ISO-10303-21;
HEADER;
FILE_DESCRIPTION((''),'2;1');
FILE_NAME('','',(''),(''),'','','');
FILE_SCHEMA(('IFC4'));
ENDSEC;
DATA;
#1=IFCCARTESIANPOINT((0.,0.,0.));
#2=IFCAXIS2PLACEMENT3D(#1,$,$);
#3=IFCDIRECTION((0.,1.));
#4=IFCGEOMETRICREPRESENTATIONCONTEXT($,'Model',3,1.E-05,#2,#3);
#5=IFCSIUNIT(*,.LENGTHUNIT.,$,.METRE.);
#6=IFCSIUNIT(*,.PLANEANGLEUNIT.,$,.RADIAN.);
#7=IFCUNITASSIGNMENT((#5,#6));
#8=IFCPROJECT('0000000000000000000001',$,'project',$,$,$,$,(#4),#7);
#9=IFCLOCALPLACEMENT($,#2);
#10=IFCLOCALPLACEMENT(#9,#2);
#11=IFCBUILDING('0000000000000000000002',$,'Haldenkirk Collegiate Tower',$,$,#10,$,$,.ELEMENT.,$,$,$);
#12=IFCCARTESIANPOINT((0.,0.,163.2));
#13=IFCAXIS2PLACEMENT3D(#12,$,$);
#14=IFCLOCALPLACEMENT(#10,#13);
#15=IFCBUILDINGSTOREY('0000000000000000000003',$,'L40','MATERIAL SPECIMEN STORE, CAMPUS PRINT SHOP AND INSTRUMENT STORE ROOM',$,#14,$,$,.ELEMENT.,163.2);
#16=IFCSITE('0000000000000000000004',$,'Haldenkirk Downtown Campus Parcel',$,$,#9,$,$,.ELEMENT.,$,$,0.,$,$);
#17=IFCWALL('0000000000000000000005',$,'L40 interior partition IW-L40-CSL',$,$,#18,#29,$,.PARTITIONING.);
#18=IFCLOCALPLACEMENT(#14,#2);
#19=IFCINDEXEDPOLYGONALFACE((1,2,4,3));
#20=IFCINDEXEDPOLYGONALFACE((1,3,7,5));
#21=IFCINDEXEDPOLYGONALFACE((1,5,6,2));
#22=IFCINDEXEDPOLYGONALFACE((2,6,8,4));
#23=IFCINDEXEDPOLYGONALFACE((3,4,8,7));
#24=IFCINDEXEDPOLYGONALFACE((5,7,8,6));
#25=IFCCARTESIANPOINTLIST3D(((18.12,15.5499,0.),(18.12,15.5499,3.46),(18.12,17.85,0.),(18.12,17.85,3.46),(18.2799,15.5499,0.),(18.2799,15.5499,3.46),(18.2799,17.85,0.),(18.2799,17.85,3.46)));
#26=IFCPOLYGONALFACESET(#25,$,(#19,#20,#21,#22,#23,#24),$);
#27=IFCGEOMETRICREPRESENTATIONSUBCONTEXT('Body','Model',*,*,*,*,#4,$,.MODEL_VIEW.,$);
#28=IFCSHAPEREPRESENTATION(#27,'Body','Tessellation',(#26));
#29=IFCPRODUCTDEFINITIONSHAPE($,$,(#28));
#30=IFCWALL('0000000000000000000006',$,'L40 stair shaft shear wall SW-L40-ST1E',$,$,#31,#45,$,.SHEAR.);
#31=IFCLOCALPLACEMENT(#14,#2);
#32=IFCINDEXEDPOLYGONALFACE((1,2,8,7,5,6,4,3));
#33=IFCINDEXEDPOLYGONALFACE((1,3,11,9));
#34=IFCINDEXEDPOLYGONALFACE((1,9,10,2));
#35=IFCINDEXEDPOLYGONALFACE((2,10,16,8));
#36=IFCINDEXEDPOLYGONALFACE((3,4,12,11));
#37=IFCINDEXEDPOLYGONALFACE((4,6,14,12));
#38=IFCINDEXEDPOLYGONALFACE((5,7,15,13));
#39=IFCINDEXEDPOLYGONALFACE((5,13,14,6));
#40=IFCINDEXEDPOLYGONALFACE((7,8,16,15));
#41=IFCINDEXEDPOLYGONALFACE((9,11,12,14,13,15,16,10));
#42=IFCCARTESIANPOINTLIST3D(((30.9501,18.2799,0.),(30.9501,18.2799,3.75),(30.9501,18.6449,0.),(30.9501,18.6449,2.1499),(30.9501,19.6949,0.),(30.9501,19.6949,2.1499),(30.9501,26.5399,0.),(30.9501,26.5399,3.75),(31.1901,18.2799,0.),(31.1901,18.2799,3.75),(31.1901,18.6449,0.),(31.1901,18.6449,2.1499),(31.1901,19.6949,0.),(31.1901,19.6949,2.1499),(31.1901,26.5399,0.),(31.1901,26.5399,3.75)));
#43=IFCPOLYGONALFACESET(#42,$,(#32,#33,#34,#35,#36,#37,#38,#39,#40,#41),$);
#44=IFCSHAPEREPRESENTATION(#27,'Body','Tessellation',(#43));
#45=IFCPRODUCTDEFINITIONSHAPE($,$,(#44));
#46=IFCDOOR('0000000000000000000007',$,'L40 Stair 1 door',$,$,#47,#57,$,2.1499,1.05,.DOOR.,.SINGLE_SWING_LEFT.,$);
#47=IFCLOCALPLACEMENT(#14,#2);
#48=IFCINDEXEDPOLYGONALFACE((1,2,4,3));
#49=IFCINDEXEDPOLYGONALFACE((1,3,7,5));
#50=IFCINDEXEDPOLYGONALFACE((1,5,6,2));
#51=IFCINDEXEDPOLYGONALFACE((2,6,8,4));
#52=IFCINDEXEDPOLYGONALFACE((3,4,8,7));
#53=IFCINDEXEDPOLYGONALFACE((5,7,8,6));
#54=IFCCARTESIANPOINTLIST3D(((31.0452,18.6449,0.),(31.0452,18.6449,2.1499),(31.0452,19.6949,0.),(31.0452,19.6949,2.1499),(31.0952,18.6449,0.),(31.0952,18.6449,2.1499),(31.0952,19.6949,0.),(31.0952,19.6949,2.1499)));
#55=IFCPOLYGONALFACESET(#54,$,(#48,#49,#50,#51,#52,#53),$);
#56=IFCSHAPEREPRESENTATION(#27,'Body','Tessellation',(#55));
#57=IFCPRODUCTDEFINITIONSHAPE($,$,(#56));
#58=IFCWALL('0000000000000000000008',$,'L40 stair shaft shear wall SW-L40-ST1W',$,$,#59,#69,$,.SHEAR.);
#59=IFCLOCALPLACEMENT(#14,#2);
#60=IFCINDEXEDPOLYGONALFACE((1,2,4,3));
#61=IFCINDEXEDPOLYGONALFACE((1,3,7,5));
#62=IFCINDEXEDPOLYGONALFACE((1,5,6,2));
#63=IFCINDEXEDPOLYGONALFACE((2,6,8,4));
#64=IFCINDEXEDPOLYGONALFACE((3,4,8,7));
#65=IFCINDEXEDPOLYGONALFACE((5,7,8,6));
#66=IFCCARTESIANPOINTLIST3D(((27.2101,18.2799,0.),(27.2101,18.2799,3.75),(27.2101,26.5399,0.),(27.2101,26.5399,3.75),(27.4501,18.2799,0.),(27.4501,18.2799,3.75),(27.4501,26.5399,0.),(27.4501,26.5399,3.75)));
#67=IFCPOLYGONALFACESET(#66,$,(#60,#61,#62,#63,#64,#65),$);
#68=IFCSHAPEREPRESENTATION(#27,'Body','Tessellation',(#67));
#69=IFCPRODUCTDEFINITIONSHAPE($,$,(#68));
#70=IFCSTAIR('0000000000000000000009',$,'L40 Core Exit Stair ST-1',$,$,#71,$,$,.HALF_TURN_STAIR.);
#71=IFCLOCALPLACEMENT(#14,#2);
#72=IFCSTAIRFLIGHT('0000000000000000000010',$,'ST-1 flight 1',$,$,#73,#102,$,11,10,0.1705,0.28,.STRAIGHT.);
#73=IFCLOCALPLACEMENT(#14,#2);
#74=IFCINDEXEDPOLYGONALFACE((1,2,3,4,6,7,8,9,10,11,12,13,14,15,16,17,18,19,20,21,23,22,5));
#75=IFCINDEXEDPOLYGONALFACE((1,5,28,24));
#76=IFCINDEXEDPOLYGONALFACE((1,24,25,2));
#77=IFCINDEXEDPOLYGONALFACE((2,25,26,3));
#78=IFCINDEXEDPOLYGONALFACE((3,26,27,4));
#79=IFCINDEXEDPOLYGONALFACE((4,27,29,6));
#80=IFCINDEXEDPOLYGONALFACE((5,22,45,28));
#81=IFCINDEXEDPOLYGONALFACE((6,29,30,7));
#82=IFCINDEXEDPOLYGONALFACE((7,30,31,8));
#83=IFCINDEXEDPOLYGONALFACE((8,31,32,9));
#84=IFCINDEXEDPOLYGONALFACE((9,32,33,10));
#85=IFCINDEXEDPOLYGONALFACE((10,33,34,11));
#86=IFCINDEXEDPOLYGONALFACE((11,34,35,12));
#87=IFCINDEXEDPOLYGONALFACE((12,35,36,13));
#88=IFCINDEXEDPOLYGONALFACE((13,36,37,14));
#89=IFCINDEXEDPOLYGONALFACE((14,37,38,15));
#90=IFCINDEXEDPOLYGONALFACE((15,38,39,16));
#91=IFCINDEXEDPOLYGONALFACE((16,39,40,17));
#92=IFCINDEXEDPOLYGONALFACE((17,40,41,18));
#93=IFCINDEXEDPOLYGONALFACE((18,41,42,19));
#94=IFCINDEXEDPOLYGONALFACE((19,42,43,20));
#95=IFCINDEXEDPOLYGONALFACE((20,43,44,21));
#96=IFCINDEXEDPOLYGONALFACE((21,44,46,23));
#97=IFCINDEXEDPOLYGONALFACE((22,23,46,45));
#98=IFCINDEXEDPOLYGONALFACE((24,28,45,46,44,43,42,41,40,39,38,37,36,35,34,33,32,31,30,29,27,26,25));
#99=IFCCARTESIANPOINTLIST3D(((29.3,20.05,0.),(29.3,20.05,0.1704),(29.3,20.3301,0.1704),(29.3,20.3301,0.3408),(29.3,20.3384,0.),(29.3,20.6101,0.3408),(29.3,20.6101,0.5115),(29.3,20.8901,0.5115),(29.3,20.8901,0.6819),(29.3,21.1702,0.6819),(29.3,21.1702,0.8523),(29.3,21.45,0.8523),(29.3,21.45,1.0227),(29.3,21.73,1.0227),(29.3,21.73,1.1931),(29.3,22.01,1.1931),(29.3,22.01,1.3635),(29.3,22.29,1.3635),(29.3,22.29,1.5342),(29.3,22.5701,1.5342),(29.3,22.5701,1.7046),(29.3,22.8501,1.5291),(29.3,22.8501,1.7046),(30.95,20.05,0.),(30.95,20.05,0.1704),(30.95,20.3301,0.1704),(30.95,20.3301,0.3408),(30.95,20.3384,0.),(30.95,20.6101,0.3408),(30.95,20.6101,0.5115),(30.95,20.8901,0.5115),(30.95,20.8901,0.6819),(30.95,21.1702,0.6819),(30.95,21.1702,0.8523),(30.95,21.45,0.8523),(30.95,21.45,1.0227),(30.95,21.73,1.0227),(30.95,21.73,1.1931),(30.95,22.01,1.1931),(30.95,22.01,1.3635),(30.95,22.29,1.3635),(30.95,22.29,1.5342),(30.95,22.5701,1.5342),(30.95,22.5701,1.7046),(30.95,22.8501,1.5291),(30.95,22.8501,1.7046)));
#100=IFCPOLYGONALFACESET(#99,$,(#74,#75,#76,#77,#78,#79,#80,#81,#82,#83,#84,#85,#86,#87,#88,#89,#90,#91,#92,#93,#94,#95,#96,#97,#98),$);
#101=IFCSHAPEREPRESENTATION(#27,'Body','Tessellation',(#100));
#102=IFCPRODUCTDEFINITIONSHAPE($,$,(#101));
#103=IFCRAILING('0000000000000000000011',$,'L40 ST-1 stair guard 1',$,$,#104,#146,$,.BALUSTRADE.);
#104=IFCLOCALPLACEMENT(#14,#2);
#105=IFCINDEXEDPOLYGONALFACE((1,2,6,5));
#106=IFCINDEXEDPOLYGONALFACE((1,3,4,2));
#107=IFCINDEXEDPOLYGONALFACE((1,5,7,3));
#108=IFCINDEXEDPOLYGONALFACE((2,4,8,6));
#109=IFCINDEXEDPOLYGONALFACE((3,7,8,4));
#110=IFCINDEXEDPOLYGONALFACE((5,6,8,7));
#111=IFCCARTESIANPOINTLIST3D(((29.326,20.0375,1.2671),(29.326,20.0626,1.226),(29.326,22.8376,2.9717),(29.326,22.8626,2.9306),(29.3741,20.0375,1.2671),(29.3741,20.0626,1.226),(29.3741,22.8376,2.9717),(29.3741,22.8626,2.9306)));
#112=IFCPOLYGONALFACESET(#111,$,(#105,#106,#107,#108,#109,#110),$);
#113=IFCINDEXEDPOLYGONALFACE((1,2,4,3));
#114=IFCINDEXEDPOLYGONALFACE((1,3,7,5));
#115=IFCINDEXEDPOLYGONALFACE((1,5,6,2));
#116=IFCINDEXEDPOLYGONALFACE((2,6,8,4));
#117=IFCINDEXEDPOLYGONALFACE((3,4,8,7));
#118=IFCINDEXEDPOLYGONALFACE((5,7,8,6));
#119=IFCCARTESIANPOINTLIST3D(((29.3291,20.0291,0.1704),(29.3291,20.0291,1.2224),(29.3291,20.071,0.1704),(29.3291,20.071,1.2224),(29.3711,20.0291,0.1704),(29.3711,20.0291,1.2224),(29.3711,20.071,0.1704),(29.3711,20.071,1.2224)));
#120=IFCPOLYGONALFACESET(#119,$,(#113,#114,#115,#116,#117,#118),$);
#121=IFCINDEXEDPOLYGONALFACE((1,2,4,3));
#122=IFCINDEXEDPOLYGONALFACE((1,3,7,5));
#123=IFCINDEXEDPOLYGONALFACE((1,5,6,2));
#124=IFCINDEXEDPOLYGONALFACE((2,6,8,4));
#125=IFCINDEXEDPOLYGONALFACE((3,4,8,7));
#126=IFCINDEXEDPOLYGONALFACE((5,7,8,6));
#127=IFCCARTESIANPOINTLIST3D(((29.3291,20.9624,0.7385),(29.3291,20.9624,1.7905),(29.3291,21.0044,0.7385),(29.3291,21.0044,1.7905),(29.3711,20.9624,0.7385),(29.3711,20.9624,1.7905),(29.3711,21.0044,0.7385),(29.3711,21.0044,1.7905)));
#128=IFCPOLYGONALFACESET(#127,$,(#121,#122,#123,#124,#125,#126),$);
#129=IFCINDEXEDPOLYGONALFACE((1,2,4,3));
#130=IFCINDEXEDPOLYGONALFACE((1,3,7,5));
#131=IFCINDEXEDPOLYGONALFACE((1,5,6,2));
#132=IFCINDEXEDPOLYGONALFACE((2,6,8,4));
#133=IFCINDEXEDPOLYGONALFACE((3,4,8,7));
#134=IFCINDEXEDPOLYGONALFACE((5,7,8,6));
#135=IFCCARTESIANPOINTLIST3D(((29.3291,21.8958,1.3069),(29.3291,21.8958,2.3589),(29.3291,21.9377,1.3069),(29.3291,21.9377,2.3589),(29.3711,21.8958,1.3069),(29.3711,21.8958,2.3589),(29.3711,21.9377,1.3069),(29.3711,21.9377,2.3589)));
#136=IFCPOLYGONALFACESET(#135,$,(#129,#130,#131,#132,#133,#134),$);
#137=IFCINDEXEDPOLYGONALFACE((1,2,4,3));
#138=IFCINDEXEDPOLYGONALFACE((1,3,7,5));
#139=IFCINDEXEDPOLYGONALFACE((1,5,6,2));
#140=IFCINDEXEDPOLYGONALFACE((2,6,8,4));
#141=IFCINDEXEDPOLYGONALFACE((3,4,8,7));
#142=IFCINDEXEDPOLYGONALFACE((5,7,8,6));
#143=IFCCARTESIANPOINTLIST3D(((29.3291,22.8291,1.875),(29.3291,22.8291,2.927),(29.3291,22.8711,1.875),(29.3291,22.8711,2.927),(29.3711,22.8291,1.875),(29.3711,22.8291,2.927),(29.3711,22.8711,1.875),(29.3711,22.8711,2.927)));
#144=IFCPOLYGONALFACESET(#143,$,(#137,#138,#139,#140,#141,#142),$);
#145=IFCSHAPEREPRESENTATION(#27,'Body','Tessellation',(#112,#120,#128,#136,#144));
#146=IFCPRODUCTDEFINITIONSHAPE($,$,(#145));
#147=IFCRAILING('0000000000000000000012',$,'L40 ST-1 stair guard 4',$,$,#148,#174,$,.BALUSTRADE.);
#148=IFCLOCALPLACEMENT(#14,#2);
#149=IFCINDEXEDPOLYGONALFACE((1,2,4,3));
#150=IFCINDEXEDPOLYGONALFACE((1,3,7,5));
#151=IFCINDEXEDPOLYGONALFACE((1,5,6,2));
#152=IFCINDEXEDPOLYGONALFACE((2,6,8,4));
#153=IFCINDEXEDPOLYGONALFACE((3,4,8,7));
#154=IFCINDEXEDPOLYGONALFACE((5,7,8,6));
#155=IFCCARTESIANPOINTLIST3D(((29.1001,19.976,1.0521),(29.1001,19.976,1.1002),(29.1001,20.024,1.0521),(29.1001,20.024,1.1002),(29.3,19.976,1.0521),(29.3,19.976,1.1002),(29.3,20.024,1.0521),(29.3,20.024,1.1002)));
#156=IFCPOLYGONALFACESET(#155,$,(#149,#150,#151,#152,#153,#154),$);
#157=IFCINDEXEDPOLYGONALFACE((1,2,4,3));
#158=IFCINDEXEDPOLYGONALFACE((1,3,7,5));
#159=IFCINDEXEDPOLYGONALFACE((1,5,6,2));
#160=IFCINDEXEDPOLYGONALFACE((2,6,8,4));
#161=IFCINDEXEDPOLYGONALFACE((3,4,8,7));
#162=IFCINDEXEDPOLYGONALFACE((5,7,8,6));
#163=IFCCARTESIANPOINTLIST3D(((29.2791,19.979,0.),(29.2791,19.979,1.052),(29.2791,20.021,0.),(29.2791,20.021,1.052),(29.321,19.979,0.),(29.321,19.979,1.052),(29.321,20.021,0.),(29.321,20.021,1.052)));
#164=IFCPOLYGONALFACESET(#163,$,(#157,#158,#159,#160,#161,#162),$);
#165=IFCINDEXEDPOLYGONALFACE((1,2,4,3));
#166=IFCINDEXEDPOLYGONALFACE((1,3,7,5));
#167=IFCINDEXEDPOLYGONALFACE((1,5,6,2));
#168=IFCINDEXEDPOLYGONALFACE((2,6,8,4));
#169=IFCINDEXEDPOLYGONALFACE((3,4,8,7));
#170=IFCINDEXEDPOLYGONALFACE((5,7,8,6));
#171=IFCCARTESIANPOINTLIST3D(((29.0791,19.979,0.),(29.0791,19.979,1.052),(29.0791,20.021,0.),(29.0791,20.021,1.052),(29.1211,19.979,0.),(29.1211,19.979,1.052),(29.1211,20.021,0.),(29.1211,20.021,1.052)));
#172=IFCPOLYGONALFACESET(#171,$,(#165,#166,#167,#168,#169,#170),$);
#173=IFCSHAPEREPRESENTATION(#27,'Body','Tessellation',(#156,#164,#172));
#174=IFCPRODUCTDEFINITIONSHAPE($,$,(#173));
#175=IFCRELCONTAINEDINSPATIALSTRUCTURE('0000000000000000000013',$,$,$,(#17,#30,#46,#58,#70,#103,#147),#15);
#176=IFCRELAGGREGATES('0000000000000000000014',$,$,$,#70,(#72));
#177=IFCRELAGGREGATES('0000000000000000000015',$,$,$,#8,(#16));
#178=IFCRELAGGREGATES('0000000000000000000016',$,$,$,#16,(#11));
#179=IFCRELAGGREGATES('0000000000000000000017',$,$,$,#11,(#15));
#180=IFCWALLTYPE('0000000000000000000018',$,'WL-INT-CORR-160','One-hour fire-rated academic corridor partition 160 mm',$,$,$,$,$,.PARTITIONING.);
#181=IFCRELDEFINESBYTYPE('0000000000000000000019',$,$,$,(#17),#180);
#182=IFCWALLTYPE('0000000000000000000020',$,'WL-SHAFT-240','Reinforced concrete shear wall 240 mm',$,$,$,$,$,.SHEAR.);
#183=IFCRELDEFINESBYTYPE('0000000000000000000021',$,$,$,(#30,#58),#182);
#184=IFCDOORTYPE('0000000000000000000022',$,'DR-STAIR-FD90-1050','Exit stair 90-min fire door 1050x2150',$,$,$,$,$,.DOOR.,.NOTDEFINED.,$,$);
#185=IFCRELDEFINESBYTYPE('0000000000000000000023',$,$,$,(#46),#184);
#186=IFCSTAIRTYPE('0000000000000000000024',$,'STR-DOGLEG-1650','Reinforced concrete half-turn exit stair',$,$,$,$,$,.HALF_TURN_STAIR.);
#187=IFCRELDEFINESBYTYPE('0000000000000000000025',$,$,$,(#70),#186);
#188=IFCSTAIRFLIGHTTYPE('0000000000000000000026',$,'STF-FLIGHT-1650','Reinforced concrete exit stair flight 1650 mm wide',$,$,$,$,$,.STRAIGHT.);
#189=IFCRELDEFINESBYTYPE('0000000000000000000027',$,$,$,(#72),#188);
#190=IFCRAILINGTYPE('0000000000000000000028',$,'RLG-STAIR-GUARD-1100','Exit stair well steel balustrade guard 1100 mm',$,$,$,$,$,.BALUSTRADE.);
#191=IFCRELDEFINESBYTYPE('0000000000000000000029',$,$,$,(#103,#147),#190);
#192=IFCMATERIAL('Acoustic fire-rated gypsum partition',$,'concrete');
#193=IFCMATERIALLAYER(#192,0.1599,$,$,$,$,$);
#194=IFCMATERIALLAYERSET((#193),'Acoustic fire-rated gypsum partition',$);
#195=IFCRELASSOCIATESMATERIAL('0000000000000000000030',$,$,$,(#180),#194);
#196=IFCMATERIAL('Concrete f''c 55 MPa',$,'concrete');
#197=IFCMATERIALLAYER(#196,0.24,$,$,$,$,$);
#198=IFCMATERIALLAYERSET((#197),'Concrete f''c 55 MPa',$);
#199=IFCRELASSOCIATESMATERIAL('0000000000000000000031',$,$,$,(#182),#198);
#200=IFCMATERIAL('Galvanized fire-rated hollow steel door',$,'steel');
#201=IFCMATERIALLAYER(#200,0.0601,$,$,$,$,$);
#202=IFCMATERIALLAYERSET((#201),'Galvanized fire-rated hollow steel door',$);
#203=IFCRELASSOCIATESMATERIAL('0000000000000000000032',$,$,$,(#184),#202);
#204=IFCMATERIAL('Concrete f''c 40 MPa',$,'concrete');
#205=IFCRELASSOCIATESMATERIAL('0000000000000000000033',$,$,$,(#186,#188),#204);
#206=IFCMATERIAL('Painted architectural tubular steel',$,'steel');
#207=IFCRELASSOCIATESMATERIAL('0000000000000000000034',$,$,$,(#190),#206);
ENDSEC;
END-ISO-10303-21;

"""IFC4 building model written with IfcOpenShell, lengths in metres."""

from ifc_helpers import new_model, si_unit, direction, frame, frame_2d, origin, origin_2d, place, context, subcontext, project, spatial, polyline, rectangle, outline, extrude, material, layer, layer_set, type_object, element, fill, aggregate, save


model = new_model("IFC4")

# Units and contexts
model_context = context("Model", 3, precision=1e-05, world=origin(), true_north=direction((0.0, 1.0)))
body_context = subcontext(model_context, "Body", "Model", "MODEL_VIEW")
ifc_project = project(units=[si_unit("LENGTHUNIT", "METRE"), si_unit("PLANEANGLEUNIT", "RADIAN")], contexts=[model_context])

# Site, building, storey
site_placement = place(None, origin())
site = spatial("IfcSite", under=ifc_project, at=site_placement, Name="Haldenkirk Downtown Campus Parcel", CompositionType="ELEMENT", RefElevation=0.0)
building_placement = place(site_placement, origin())
building = spatial("IfcBuilding", under=site, at=building_placement, Name="Haldenkirk Collegiate Tower", CompositionType="ELEMENT")
storey_placement = place(building_placement, frame((0.0, 0.0, 163.2)))
storey = spatial("IfcBuildingStorey", under=building, at=storey_placement, Name="L40", Description="MATERIAL SPECIMEN STORE, CAMPUS PRINT SHOP AND INSTRUMENT STORE ROOM", CompositionType="ELEMENT", Elevation=163.2)

# Shared definitions
ifc_material_1 = material(Name="Concrete f'c 55 MPa", Category="concrete")
ifc_material_2 = material(Name="Galvanized fire-rated hollow steel door", Category="steel")

# Shared definitions
ifc_material_3 = material(Name="Acoustic fire-rated gypsum partition", Category="concrete")
ifc_layer_1 = layer(ifc_material_3, 0.1599)
ifc_layer_set_1 = layer_set([ifc_layer_1], Name="Acoustic fire-rated gypsum partition")
wall_type_1 = type_object("IfcWallType", Name="WL-INT-CORR-160", Description="One-hour fire-rated academic corridor partition 160 mm", PredefinedType="PARTITIONING", material=ifc_layer_set_1)

# Wall
wall_1_placement = place(storey_placement, frame((18.2, 15.55, 0.0), z_axis=(0.0, 0.0, 1.0), x_axis=(0.0, 1.0, 0.0)))
element("IfcWall", 1, at=wall_1_placement, inside=storey, type_object=wall_type_1, Name="L40 interior partition IW-L40-CSL", PredefinedType="PARTITIONING", context=body_context, shape_type="SweptSolid", body=[
    extrude(rectangle(XDim=2.3, YDim=0.1599, at=frame_2d((1.1499, 0.0))), origin(), (0.0, 0.0, 1.0), 3.46),
])

# Wall, opening, door
ifc_layer_2 = layer(ifc_material_1, 0.24)
ifc_layer_set_2 = layer_set([ifc_layer_2], Name="Concrete f'c 55 MPa")
wall_type_2 = type_object("IfcWallType", Name="WL-SHAFT-240", Description="Reinforced concrete shear wall 240 mm", PredefinedType="SHEAR", material=ifc_layer_set_2)
wall_2_placement = place(storey_placement, frame((31.0701, 18.28, 0.0), z_axis=(0.0, 0.0, 1.0), x_axis=(0.0, 1.0, 0.0)))
wall_2 = element("IfcWall", 2, at=wall_2_placement, inside=storey, type_object=wall_type_2, Name="L40 stair shaft shear wall SW-L40-ST1E", PredefinedType="SHEAR", context=body_context, shape_type="SweptSolid", body=[
    extrude(rectangle(XDim=8.26, YDim=0.24, at=frame_2d((4.1299, 0.0))), origin(), (0.0, 0.0, 1.0), 3.75),
])
opening_1_placement = place(wall_2_placement, frame((0.365, 0.0, 0.0)))
opening_1 = element("IfcOpeningElement", 3, at=opening_1_placement, cuts=wall_2, PredefinedType="OPENING", context=body_context, shape_type="SweptSolid", body=[
    extrude(rectangle(XDim=1.05, YDim=2.1499, at=frame_2d((0.5249, 1.075))), frame((0.0, 0.1299, 0.0), z_axis=(0.0, -1.0, 0.0), x_axis=(1.0, 0.0, 0.0)), (0.0, 0.0, 1.0), 0.26),
])
ifc_layer_3 = layer(ifc_material_2, 0.0601)
ifc_layer_set_3 = layer_set([ifc_layer_3], Name="Galvanized fire-rated hollow steel door")
door_type_1 = type_object("IfcDoorType", Name="DR-STAIR-FD90-1050", Description="Exit stair 90-min fire door 1050x2150", OperationType="NOTDEFINED", PredefinedType="DOOR", material=ifc_layer_set_3)
door_1_placement = place(opening_1_placement, origin())
door_1 = element("IfcDoor", 4, at=door_1_placement, inside=storey, type_object=door_type_1, Name="L40 Stair 1 door", OperationType="SINGLE_SWING_LEFT", OverallHeight=2.1499, OverallWidth=1.05, PredefinedType="DOOR", context=body_context, shape_type="SweptSolid", body=[
    extrude(rectangle(XDim=1.05, YDim=2.1499, at=frame_2d((0.5249, 1.075))), frame((0.0, 0.0249, 0.0), z_axis=(0.0, -1.0, 0.0), x_axis=(1.0, 0.0, 0.0)), (0.0, 0.0, 1.0), 0.05),
])
fill(opening_1, door_1)

# Wall
wall_3_placement = place(storey_placement, frame((27.3301, 18.28, 0.0), z_axis=(0.0, 0.0, 1.0), x_axis=(0.0, 1.0, 0.0)))
element("IfcWall", 5, at=wall_3_placement, inside=storey, type_object=wall_type_2, Name="L40 stair shaft shear wall SW-L40-ST1W", PredefinedType="SHEAR", context=body_context, shape_type="SweptSolid", body=[
    extrude(rectangle(XDim=8.26, YDim=0.24, at=frame_2d((4.1299, 0.0))), origin(), (0.0, 0.0, 1.0), 3.75),
])

# Stair, stair flight
ifc_material_4 = material(Name="Concrete f'c 40 MPa", Category="concrete")
stair_type = type_object("IfcStairType", Name="STR-DOGLEG-1650", Description="Reinforced concrete half-turn exit stair", PredefinedType="HALF_TURN_STAIR", material=ifc_material_4)
stair_placement = place(storey_placement, origin())
stair = element("IfcStair", 6, at=stair_placement, inside=storey, type_object=stair_type, Name="L40 Core Exit Stair ST-1", PredefinedType="HALF_TURN_STAIR")
stair_flight_type = type_object("IfcStairFlightType", Name="STF-FLIGHT-1650", Description="Reinforced concrete exit stair flight 1650 mm wide", PredefinedType="STRAIGHT", material=ifc_material_4)
stair_flight_placement = place(storey_placement, frame((30.125, 20.05, 0.0), z_axis=(0.0, 0.0, 1.0), x_axis=(0.0, 1.0, 0.0)))
stair_flight = element("IfcStairFlight", 7, at=stair_flight_placement, type_object=stair_flight_type, Name="ST-1 flight 1", NumberOfRisers=11, NumberOfTreads=10, PredefinedType="STRAIGHT", RiserHeight=0.1705, TreadLength=0.28, context=body_context, shape_type="SweptSolid", body=[
    extrude(outline(polyline([(0.0, 0.0), (0.0, 0.1704), (0.28, 0.1704), (0.28, 0.3408), (0.5601, 0.3408), (0.5601, 0.5115), (0.8401, 0.5115), (0.8401, 0.6819), (1.1201, 0.6819), (1.1201, 0.8523), (1.3999, 0.8523), (1.3999, 1.0227), (1.6799, 1.0227), (1.6799, 1.1931), (1.96, 1.1931), (1.96, 1.3635), (2.24, 1.3635), (2.24, 1.5342), (2.52, 1.5342), (2.52, 1.7046), (2.8, 1.7046), (2.8, 1.875), (2.8, 1.5291), (0.2883, 0.0), (0.0, 0.0)])), frame((0.0, 0.825, 0.0), z_axis=(0.0, -1.0, 0.0), x_axis=(1.0, 0.0, 0.0)), (0.0, 0.0, 1.0), 1.6499),
])
aggregate(stair, [stair_flight])

# Railings
ifc_material_5 = material(Name="Painted architectural tubular steel", Category="steel")
railing_type_1 = type_object("IfcRailingType", Name="RLG-STAIR-GUARD-1100", Description="Exit stair well steel balustrade guard 1100 mm", PredefinedType="BALUSTRADE", material=ifc_material_5)
railing_1_placement = place(storey_placement, frame((29.3501, 20.05, 0.1704)))
element("IfcRailing", 8, at=railing_1_placement, inside=storey, type_object=railing_type_1, Name="L40 ST-1 stair guard 1", PredefinedType="BALUSTRADE", context=body_context, shape_type="SweptSolid", body=[
    extrude(rectangle(XDim=0.0481, YDim=0.0481, at=origin_2d()), frame((0.0, 0.0, 1.0762), z_axis=(0.0, 0.85417, 0.519994), x_axis=(-1.0, 0.0, 0.0)), (0.0, 0.0, 1.0), 3.2781),
    extrude(rectangle(XDim=0.042, YDim=0.042, at=origin_2d()), origin(), (0.0, 0.0, 1.0), 1.052),
    extrude(rectangle(XDim=0.042, YDim=0.042, at=origin_2d()), frame((0.0, 0.9333, 0.5681)), (0.0, 0.0, 1.0), 1.052),
    extrude(rectangle(XDim=0.042, YDim=0.042, at=origin_2d()), frame((0.0, 1.8667, 1.1365)), (0.0, 0.0, 1.0), 1.052),
    extrude(rectangle(XDim=0.042, YDim=0.042, at=origin_2d()), frame((0.0, 2.8, 1.7046)), (0.0, 0.0, 1.0), 1.052),
])
railing_2_placement = place(storey_placement, frame((29.3, 20.0, 0.0)))
element("IfcRailing", 9, at=railing_2_placement, inside=storey, type_object=railing_type_1, Name="L40 ST-1 stair guard 4", PredefinedType="BALUSTRADE", context=body_context, shape_type="SweptSolid", body=[
    extrude(rectangle(XDim=0.0481, YDim=0.0481, at=origin_2d()), frame((0.0, 0.0, 1.0762), z_axis=(-1.0, 0.0, 0.0), x_axis=(0.0, -1.0, 0.0)), (0.0, 0.0, 1.0), 0.2),
    extrude(rectangle(XDim=0.042, YDim=0.042, at=origin_2d()), origin(), (0.0, 0.0, 1.0), 1.052),
    extrude(rectangle(XDim=0.042, YDim=0.042, at=origin_2d()), frame((-0.2, 0.0, 0.0)), (0.0, 0.0, 1.0), 1.052),
])

save(model, "model.ifc")
